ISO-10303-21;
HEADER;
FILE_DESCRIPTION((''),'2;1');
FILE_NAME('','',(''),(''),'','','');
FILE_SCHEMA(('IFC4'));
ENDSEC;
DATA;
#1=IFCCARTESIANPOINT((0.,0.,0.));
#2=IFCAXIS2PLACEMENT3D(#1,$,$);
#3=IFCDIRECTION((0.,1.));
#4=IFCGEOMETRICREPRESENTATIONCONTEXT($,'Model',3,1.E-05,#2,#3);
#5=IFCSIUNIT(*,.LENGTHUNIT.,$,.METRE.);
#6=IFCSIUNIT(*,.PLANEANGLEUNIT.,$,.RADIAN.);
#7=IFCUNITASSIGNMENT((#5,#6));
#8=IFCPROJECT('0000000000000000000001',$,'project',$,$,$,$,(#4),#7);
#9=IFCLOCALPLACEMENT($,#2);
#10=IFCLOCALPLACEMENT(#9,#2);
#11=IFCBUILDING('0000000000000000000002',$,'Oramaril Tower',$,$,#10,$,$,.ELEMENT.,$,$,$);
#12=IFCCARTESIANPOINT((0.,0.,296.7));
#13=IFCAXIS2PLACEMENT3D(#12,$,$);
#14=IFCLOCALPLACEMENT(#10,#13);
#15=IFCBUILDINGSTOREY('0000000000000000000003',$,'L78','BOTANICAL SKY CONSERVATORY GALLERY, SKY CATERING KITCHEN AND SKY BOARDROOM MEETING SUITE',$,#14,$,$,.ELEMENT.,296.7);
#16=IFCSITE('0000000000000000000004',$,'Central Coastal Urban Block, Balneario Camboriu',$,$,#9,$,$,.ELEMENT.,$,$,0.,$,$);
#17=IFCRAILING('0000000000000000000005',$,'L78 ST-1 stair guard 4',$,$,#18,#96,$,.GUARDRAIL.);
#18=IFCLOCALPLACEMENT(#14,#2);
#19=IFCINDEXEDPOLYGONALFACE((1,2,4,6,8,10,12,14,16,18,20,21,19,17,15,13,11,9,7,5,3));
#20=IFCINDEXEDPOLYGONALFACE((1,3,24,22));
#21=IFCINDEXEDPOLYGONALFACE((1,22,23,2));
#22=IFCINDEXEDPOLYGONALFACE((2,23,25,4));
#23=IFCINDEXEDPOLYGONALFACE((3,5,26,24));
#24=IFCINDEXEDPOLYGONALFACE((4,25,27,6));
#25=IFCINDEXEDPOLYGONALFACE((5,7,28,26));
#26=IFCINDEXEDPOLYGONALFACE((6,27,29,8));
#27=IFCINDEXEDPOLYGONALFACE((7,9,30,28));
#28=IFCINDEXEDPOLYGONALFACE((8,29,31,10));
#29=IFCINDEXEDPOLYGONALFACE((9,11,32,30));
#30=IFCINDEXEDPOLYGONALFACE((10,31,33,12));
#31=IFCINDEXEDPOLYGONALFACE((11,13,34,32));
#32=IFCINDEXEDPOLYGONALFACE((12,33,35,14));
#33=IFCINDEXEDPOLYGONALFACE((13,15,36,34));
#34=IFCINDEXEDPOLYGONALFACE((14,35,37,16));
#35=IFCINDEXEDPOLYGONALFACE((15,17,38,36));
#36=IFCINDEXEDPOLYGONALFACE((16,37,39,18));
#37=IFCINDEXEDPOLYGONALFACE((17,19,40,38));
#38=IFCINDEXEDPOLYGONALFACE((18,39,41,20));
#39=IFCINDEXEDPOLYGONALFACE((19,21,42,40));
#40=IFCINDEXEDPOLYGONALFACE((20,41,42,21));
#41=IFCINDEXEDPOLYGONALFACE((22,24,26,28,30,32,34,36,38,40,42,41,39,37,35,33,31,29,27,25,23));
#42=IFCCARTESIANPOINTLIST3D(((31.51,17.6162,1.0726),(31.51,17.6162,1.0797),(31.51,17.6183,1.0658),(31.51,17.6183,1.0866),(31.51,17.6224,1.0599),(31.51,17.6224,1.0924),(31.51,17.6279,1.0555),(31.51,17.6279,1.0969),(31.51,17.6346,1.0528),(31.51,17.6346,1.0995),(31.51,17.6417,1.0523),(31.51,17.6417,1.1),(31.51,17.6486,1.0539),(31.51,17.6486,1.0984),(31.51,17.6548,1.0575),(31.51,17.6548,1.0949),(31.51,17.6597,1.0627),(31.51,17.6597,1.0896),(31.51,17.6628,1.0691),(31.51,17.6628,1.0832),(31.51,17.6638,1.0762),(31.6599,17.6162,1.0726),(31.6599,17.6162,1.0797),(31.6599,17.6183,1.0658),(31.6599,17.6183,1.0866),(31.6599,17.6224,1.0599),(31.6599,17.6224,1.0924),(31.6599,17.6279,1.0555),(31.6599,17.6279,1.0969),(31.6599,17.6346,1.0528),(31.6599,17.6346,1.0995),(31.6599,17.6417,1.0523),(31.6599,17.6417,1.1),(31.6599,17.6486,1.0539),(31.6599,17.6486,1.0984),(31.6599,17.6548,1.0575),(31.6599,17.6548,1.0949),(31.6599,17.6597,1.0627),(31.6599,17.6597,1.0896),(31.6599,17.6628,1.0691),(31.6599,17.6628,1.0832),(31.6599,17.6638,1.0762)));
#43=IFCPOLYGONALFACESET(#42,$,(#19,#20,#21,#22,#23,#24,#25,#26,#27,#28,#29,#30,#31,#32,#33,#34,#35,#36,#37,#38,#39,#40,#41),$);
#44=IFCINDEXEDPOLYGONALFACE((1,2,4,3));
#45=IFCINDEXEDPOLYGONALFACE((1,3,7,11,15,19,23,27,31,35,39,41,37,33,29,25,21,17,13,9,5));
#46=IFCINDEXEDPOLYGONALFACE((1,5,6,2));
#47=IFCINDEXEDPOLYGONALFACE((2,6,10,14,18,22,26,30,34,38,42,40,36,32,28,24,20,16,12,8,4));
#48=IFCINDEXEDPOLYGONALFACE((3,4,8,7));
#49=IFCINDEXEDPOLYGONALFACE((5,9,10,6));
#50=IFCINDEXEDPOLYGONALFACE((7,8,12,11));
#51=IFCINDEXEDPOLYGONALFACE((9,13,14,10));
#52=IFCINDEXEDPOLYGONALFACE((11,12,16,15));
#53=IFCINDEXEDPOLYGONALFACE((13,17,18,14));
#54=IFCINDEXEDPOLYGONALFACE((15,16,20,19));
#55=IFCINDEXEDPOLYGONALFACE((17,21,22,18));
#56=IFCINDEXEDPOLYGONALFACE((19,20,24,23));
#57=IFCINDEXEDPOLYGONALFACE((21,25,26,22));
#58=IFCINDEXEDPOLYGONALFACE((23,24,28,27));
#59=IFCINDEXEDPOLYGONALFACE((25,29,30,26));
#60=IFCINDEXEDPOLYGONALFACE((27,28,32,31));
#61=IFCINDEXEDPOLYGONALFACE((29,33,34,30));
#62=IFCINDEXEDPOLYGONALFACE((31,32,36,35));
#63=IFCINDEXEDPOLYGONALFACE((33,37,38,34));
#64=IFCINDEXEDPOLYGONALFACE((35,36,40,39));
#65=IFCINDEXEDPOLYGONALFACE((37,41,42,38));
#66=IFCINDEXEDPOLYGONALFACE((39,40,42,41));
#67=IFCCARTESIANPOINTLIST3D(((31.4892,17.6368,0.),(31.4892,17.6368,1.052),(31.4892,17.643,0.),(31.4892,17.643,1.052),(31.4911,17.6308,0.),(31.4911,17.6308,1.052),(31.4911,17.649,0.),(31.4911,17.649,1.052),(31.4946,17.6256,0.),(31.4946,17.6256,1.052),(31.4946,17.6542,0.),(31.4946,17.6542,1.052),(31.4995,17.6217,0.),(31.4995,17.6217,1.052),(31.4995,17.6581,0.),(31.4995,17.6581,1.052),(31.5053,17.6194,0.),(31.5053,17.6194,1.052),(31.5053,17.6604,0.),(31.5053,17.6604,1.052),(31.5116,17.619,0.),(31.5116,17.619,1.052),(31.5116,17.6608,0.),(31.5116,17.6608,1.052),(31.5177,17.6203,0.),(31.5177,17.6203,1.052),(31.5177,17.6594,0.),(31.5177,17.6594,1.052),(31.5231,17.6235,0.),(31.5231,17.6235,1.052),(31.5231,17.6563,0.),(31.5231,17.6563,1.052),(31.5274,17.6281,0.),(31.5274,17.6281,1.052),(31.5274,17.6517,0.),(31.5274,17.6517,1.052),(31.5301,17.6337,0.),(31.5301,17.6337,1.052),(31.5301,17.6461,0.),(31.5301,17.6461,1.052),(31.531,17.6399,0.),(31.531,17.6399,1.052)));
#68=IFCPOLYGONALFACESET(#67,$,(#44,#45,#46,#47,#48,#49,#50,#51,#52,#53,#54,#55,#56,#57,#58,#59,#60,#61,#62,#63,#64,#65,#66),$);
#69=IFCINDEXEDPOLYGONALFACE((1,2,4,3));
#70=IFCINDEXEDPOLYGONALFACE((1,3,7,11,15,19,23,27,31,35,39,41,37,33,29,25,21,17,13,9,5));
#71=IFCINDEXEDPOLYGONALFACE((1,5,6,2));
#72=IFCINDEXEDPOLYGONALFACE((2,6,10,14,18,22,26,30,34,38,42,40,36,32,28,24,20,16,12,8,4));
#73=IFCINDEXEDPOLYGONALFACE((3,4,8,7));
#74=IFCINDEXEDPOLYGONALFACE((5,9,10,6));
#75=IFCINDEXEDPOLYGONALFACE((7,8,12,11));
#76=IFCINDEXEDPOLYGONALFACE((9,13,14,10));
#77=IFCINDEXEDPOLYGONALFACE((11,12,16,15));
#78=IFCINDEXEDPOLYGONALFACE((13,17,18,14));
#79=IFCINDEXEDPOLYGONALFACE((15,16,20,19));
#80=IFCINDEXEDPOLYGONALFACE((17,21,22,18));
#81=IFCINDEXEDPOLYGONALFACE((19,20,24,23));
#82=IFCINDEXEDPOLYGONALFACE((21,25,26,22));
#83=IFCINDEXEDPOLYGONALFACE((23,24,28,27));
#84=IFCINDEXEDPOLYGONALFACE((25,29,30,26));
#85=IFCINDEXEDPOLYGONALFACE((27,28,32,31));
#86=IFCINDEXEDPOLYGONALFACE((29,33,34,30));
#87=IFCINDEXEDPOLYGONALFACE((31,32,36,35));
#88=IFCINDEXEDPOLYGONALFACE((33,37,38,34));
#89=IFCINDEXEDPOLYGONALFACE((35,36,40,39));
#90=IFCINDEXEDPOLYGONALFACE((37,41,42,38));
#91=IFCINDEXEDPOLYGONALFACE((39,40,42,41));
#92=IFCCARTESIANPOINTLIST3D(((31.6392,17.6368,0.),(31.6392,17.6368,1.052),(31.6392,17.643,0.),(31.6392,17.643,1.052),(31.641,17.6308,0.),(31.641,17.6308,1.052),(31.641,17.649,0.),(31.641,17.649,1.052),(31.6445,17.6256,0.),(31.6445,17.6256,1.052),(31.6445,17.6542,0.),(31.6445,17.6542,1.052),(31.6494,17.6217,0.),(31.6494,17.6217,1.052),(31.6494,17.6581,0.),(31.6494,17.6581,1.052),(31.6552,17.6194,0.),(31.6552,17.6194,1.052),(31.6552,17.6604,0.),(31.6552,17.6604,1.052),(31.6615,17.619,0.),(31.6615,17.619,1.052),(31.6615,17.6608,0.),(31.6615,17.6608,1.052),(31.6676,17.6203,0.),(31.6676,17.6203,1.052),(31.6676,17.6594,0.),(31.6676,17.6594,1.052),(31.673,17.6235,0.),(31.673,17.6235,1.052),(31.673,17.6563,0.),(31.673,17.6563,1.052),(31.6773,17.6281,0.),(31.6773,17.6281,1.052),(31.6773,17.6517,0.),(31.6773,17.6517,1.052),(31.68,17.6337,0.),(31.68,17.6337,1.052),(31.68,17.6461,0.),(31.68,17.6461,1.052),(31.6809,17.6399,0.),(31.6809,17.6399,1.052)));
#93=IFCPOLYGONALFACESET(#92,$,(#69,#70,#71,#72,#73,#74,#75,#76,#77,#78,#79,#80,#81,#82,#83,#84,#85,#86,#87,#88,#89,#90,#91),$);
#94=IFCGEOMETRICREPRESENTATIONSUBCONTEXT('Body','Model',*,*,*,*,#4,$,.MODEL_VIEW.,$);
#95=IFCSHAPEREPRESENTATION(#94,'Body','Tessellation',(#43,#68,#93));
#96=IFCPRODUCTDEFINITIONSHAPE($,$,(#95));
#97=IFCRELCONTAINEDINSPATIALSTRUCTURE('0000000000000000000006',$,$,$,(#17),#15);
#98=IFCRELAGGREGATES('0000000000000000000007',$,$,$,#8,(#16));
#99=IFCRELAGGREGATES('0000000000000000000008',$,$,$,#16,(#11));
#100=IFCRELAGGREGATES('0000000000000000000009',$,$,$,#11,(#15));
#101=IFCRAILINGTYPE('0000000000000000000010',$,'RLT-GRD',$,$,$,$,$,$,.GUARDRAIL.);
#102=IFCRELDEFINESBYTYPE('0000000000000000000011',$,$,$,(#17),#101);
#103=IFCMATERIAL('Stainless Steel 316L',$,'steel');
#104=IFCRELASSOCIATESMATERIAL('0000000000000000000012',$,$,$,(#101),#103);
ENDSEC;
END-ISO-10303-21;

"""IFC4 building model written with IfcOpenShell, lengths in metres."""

from ifc_helpers import new_model, si_unit, direction, frame, origin, origin_2d, place, context, subcontext, project, spatial, circle, extrude, material, type_object, element, save


model = new_model("IFC4")

# Units and contexts
model_context = context("Model", 3, precision=1e-05, world=origin(), true_north=direction((0.0, 1.0)))
body_context = subcontext(model_context, "Body", "Model", "MODEL_VIEW")
ifc_project = project(units=[si_unit("LENGTHUNIT", "METRE"), si_unit("PLANEANGLEUNIT", "RADIAN")], contexts=[model_context])

# Site, building, storey
site_placement = place(None, origin())
site = spatial("IfcSite", under=ifc_project, at=site_placement, Name="Central Coastal Urban Block, Balneario Camboriu", CompositionType="ELEMENT", RefElevation=0.0)
building_placement = place(site_placement, origin())
building = spatial("IfcBuilding", under=site, at=building_placement, Name="Oramaril Tower", CompositionType="ELEMENT")
storey_placement = place(building_placement, frame((0.0, 0.0, 296.7)))
storey = spatial("IfcBuildingStorey", under=building, at=storey_placement, Name="L78", Description="BOTANICAL SKY CONSERVATORY GALLERY, SKY CATERING KITCHEN AND SKY BOARDROOM MEETING SUITE", CompositionType="ELEMENT", Elevation=296.7)

# Railing
ifc_material_1 = material(Name="Stainless Steel 316L", Category="steel")
railing_type_1 = type_object("IfcRailingType", Name="RLT-GRD", PredefinedType="GUARDRAIL", material=ifc_material_1)
railing_1_placement = place(storey_placement, frame((31.51, 17.6399, 0.0)))
element("IfcRailing", 1, at=railing_1_placement, inside=storey, type_object=railing_type_1, Name="L78 ST-1 stair guard 4", PredefinedType="GUARDRAIL", context=body_context, shape_type="SweptSolid", body=[
    extrude(circle(Radius=0.0239, at=origin_2d()), frame((0.0, 0.0, 1.0762), z_axis=(1.0, 0.0, 0.0), x_axis=(0.0, 1.0, 0.0)), (0.0, 0.0, 1.0), 0.1499),
    extrude(circle(Radius=0.021, at=origin_2d()), origin(), (0.0, 0.0, 1.0), 1.052),
    extrude(circle(Radius=0.021, at=origin_2d()), frame((0.1499, 0.0, 0.0)), (0.0, 0.0, 1.0), 1.052),
])

save(model, "model.ifc")
